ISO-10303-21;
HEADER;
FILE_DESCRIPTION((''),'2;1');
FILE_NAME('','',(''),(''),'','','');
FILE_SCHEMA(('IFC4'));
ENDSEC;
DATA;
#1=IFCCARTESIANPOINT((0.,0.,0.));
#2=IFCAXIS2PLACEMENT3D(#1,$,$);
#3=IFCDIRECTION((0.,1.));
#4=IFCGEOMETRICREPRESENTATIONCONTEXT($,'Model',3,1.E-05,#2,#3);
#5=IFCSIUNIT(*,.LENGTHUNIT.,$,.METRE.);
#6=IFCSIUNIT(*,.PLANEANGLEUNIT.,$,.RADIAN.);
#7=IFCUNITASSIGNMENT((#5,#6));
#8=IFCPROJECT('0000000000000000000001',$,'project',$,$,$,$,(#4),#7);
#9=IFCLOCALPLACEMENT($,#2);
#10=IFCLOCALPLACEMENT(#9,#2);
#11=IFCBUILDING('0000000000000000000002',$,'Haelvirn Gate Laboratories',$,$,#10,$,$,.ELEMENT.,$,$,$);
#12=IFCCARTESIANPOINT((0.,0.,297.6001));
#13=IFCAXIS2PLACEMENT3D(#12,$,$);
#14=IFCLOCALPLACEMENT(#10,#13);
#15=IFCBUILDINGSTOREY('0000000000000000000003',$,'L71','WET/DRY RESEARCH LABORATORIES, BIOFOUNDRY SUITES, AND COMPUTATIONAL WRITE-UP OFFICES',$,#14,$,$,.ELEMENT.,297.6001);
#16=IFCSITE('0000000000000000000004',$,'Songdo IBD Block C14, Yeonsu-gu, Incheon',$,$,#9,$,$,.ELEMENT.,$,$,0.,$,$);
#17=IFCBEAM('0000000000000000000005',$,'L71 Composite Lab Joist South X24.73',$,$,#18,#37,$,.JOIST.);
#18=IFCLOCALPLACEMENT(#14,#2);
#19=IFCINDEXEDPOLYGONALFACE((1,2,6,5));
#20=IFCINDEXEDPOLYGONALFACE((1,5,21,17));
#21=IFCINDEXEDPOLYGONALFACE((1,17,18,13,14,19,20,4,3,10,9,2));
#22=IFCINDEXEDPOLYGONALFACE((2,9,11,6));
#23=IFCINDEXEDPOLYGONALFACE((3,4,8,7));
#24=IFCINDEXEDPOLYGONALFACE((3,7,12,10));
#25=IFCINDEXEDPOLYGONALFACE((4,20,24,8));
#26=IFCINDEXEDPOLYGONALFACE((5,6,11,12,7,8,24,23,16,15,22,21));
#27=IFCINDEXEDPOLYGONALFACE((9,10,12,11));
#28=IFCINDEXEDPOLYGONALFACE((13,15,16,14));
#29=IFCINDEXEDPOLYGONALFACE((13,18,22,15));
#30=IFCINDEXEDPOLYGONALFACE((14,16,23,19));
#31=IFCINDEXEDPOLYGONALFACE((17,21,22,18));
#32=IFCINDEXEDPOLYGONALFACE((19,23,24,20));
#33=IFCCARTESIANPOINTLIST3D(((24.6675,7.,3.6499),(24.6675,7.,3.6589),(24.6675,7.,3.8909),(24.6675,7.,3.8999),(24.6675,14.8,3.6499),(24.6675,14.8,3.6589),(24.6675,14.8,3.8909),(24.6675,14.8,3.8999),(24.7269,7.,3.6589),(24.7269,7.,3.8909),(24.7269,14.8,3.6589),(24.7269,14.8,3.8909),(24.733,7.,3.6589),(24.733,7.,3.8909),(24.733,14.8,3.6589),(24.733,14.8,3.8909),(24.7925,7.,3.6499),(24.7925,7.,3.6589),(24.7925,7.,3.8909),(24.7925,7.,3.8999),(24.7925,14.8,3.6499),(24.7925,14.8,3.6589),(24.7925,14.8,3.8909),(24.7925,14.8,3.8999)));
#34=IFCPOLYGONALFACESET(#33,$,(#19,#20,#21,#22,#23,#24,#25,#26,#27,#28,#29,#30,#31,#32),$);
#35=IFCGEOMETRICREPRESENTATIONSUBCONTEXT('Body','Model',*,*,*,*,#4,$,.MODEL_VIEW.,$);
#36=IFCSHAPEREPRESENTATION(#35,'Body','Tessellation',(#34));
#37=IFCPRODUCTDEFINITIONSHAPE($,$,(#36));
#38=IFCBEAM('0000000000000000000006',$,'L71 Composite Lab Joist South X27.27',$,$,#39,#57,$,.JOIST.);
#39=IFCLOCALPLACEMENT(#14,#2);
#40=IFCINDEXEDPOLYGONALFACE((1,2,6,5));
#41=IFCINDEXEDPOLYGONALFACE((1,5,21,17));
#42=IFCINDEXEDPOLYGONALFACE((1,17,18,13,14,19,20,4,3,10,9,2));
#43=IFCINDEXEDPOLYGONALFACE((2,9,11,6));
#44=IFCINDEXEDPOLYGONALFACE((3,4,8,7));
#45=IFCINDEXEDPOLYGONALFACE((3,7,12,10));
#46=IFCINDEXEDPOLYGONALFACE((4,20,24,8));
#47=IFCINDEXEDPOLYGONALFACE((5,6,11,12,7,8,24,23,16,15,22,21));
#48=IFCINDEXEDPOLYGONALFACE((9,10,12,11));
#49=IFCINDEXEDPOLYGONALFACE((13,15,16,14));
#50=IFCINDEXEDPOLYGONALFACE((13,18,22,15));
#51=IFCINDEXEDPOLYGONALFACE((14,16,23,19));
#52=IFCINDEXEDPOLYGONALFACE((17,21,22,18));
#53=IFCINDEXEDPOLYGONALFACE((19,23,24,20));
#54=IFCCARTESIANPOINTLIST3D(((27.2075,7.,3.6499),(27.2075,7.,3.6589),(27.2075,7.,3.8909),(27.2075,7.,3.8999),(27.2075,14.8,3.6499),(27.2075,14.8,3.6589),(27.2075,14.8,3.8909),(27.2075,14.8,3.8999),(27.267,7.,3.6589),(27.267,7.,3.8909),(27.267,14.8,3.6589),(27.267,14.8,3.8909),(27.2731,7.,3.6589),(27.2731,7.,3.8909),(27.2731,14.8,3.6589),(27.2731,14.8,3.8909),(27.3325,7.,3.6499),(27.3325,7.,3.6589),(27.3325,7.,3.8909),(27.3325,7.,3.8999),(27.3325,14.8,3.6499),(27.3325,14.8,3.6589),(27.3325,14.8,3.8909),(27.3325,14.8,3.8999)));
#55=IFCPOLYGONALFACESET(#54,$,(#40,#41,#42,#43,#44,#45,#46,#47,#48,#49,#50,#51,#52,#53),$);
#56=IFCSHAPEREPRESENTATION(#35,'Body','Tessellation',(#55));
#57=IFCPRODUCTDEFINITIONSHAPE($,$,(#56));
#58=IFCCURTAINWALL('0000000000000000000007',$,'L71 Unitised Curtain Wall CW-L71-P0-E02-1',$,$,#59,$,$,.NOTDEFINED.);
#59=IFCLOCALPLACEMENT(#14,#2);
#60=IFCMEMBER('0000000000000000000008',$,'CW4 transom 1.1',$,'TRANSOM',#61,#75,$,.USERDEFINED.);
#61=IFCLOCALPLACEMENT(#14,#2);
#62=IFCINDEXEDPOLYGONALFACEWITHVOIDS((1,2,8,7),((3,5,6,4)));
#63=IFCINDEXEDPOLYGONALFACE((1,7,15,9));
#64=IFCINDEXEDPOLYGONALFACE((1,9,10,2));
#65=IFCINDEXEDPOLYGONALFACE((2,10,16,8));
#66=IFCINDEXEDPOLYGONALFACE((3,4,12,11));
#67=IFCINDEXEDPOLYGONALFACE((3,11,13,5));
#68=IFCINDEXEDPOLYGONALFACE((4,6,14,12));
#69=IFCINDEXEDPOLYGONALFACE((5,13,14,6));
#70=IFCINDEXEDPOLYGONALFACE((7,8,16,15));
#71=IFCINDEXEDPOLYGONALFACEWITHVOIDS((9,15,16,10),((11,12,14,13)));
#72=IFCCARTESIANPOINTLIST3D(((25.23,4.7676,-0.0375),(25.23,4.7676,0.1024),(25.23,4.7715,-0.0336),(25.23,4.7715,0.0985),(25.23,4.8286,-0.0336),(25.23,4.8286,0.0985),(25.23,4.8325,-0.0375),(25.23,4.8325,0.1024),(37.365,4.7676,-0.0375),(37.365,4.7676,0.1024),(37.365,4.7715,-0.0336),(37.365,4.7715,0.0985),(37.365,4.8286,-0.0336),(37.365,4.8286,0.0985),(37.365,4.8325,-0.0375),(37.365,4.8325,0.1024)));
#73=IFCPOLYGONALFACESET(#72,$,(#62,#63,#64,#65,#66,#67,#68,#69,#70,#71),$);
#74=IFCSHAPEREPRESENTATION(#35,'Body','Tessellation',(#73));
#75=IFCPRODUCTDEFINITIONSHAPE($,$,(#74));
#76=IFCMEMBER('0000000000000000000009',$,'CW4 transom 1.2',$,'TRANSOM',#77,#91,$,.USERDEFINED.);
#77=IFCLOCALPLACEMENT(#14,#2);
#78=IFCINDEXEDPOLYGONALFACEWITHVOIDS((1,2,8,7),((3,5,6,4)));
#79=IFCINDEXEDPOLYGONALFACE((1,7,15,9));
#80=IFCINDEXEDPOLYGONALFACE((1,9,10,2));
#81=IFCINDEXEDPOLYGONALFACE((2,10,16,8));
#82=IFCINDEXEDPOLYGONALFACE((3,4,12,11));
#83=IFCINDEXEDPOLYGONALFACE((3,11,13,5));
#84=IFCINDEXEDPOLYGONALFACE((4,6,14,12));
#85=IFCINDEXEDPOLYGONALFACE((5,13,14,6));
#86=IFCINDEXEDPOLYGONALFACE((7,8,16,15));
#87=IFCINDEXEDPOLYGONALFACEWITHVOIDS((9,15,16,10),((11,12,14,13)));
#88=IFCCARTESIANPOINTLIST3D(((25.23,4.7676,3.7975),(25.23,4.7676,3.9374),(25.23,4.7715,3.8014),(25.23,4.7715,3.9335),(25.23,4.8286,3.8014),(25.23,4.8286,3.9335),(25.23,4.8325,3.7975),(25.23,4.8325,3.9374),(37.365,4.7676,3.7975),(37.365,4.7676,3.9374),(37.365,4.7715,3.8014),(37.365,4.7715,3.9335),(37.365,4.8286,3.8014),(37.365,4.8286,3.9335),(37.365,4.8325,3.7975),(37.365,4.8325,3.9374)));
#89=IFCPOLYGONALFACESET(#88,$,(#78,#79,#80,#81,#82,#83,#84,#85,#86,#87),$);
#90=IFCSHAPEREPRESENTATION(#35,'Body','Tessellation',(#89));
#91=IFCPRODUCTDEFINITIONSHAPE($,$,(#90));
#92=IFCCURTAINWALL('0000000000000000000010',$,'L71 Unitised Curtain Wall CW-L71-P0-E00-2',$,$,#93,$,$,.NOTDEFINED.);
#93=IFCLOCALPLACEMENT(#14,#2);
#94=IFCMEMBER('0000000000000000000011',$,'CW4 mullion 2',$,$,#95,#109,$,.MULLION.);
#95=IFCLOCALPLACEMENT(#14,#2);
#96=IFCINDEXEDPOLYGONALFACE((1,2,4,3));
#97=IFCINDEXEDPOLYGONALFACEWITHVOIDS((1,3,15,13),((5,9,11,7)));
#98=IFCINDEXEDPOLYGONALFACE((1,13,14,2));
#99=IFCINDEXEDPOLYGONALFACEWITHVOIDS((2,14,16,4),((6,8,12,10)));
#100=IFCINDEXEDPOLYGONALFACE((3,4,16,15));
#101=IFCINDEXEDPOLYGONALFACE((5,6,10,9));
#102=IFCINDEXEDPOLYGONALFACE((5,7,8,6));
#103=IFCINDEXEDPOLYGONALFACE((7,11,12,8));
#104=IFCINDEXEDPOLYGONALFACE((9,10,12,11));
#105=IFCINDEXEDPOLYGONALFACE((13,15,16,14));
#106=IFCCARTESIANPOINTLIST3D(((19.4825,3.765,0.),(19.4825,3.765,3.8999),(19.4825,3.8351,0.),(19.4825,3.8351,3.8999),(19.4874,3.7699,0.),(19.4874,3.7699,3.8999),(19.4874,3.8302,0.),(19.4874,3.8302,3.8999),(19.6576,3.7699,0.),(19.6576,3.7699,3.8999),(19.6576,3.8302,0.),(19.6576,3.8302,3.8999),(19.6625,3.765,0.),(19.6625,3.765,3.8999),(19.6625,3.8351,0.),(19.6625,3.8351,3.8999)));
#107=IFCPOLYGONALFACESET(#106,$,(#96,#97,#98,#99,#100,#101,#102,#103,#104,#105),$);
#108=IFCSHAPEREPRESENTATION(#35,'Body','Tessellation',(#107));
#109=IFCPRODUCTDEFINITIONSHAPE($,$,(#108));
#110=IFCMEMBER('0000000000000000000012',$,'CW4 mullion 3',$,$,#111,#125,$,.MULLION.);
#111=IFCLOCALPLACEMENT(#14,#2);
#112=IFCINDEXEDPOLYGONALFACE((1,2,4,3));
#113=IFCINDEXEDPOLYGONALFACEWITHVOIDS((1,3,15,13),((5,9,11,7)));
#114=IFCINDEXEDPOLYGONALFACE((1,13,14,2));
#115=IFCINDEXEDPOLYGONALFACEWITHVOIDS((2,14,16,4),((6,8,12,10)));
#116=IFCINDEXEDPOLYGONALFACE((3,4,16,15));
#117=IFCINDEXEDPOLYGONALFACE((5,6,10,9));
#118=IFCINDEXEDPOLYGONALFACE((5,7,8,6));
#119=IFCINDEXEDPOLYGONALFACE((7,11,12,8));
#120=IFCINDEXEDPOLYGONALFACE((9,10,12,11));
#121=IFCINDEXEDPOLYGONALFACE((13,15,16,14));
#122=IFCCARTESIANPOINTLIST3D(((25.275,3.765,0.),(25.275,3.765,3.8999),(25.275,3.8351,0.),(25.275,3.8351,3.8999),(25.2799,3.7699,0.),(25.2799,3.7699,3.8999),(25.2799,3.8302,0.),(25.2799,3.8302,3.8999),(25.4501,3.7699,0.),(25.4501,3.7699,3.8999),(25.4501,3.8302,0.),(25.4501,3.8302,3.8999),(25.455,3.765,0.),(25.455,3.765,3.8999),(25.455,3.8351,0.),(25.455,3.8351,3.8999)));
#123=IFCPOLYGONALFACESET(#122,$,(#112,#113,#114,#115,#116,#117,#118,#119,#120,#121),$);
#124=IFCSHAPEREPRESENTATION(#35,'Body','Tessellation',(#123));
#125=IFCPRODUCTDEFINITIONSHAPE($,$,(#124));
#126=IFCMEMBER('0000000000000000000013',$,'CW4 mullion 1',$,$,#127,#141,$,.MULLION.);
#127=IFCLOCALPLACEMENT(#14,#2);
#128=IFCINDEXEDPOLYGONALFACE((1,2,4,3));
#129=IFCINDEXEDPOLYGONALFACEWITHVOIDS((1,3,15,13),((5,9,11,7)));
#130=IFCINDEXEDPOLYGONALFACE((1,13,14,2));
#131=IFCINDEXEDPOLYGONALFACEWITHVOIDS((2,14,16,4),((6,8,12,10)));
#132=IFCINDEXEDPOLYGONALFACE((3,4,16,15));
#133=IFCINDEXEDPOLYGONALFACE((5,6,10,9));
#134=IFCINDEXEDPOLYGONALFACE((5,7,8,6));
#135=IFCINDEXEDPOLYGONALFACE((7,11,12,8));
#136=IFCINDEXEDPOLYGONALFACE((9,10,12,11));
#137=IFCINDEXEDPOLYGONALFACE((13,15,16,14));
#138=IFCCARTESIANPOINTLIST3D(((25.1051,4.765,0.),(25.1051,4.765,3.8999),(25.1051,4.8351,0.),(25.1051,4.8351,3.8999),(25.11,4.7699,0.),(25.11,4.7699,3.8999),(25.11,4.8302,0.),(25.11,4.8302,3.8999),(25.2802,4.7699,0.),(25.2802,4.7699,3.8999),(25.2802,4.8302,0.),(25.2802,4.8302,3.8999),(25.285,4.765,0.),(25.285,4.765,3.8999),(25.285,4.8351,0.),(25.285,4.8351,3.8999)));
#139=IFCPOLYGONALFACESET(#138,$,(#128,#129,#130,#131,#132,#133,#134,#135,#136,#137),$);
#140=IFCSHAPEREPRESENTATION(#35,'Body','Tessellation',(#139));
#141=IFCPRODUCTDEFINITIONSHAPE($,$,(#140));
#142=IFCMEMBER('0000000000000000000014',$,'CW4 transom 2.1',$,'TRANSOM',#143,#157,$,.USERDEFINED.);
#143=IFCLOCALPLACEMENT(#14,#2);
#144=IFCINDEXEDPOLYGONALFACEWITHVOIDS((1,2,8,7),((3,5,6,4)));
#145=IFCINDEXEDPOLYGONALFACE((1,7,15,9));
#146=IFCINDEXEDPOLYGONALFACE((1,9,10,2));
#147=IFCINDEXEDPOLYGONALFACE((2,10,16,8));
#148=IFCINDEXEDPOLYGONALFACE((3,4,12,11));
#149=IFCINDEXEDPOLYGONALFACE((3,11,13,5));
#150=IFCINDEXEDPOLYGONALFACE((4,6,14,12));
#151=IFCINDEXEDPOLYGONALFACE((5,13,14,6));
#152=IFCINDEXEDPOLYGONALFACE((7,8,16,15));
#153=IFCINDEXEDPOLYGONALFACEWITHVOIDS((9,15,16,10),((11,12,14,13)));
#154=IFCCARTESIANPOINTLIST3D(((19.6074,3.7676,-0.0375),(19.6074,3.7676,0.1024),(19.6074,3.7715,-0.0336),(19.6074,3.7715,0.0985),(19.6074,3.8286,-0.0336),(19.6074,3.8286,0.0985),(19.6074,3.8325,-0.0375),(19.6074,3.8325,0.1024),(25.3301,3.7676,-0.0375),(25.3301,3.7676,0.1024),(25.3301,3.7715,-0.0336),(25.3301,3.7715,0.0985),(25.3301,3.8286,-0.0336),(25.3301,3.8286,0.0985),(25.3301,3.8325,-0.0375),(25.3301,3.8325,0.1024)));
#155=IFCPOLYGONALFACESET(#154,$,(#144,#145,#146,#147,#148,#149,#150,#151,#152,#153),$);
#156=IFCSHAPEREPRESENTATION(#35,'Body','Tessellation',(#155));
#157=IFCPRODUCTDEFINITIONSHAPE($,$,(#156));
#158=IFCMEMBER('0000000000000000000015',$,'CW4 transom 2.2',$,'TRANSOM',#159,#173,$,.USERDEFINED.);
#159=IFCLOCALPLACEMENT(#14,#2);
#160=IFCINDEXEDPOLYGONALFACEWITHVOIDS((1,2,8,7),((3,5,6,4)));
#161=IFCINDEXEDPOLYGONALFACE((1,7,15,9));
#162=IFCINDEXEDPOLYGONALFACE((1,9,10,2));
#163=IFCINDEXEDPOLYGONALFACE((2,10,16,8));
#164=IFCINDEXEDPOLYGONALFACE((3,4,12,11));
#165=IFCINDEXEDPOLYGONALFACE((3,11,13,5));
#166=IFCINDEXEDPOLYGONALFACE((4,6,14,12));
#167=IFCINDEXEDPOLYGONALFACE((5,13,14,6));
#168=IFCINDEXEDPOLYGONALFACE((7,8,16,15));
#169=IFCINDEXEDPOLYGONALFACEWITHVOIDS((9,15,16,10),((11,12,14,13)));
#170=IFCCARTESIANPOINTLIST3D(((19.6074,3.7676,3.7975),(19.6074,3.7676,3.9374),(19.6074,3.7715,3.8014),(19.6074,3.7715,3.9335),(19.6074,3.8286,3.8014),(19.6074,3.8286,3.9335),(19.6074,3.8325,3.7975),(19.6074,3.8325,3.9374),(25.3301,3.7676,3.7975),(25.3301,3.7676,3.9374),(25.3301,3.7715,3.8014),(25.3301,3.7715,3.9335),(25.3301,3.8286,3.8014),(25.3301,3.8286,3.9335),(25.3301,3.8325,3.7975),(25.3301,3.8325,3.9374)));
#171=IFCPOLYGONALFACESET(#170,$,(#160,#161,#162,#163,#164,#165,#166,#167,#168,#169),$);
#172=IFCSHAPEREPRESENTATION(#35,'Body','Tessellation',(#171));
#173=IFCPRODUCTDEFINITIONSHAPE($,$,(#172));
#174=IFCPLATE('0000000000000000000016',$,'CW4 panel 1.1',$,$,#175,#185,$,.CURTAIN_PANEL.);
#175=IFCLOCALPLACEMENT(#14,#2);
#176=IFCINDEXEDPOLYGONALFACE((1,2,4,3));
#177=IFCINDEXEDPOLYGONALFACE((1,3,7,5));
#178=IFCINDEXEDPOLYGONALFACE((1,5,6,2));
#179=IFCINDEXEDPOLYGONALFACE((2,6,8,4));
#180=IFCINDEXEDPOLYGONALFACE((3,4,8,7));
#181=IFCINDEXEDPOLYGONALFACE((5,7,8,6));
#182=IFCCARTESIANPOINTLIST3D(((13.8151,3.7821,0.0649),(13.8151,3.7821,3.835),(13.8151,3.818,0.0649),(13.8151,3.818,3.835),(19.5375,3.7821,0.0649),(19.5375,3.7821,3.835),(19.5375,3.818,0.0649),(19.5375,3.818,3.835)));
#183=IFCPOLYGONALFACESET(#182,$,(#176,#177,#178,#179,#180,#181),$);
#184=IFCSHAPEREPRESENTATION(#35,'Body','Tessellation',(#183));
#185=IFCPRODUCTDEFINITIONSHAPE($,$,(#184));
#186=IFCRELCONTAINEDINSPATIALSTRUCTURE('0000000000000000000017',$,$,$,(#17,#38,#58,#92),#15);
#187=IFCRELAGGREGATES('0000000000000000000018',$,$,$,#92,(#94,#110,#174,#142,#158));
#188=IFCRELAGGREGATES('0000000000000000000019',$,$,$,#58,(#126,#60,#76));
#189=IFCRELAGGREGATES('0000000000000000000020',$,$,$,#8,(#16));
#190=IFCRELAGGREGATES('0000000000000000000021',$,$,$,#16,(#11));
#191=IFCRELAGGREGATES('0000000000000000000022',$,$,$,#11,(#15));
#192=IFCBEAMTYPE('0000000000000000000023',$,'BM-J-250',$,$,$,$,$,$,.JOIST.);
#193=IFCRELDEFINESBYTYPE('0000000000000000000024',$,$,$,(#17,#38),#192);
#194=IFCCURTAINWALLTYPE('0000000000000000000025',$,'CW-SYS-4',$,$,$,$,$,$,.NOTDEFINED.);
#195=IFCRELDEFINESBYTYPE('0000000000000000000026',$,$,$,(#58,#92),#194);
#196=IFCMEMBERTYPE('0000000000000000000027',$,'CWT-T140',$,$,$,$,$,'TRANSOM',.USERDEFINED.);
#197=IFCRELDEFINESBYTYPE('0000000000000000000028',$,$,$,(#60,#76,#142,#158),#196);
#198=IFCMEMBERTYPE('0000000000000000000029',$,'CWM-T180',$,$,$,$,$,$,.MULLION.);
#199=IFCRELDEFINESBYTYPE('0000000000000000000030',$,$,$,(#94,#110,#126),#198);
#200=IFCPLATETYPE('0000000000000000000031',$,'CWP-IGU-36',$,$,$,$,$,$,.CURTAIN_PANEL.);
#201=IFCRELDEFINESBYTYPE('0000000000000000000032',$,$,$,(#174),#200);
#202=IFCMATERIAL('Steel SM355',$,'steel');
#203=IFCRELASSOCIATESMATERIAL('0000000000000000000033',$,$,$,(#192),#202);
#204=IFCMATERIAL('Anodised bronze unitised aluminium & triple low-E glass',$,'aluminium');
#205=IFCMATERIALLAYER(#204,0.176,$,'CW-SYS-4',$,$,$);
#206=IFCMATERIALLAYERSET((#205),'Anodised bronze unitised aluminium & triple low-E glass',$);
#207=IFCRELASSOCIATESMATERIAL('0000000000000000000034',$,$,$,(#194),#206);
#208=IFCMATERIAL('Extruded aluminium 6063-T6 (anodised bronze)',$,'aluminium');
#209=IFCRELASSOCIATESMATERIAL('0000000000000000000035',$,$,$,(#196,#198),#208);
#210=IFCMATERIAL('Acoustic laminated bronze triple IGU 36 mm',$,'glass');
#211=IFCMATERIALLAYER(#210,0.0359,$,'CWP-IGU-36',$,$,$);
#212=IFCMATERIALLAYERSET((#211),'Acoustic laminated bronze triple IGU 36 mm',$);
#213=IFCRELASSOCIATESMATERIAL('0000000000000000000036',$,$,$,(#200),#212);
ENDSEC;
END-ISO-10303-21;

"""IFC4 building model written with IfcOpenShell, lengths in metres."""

from ifc_helpers import new_model, si_unit, direction, frame, origin, origin_2d, place, context, subcontext, project, spatial, rectangle, hollow_rectangle, i_section, extrude, source, transform, mapped, material, layer, layer_set, material_profile, profile_set, type_object, type_shapes, element, aggregate, save


model = new_model("IFC4")

# Units and contexts
model_context = context("Model", 3, precision=1e-05, world=origin(), true_north=direction((0.0, 1.0)))
body_context = subcontext(model_context, "Body", "Model", "MODEL_VIEW")
ifc_project = project(units=[si_unit("LENGTHUNIT", "METRE"), si_unit("PLANEANGLEUNIT", "RADIAN")], contexts=[model_context])

# Site, building, storey
site_placement = place(None, origin())
site = spatial("IfcSite", under=ifc_project, at=site_placement, Name="Songdo IBD Block C14, Yeonsu-gu, Incheon", CompositionType="ELEMENT", RefElevation=0.0)
building_placement = place(site_placement, origin())
building = spatial("IfcBuilding", under=site, at=building_placement, Name="Haelvirn Gate Laboratories", CompositionType="ELEMENT")
storey_placement = place(building_placement, frame((0.0, 0.0, 297.6001)))
storey = spatial("IfcBuildingStorey", under=building, at=storey_placement, Name="L71", Description="WET/DRY RESEARCH LABORATORIES, BIOFOUNDRY SUITES, AND COMPUTATIONAL WRITE-UP OFFICES", CompositionType="ELEMENT", Elevation=297.6001)

# Shared definitions
ifc_material_1 = material(Name="Steel SM355", Category="steel")

# Beams
ifc_material_profile_1 = material_profile(ifc_material_1, i_section(OverallWidth=0.125, OverallDepth=0.25, WebThickness=0.0061, FlangeThickness=0.009, at=origin_2d()), Name="H-250x125x6x9")
ifc_profile_set_1 = profile_set([ifc_material_profile_1], Name="Steel SM355")
beam_type_1 = type_object("IfcBeamType", Name="BM-J-250", PredefinedType="JOIST", material=ifc_profile_set_1)
shared_shape_1 = source(origin(), body_context, "Body", "SweptSolid", [
    extrude(i_section(OverallWidth=0.125, OverallDepth=0.25, WebThickness=0.0061, FlangeThickness=0.009, at=origin_2d()), origin(), (0.0, 0.0, 1.0), 7.8),
])
type_shapes(beam_type_1, [shared_shape_1])
for number, where, z_axis, x_axis, name in (
    (1, (24.73, 7.0, 3.7749), (0.0, 1.0, 0.0), (-1.0, 0.0, 0.0), "L71 Composite Lab Joist South X24.73"),
    (2, (27.27, 7.0, 3.7749), (0.0, 1.0, 0.0), (-1.0, 0.0, 0.0), "L71 Composite Lab Joist South X27.27"),
):
    element("IfcBeam", number, at=place(storey_placement, frame(where, z_axis=z_axis, x_axis=x_axis)), inside=storey, type_object=beam_type_1, Name=name, PredefinedType="JOIST", context=body_context, shape_type="MappedRepresentation", body=[
        mapped(shared_shape_1, transform((0.0, 0.0, 0.0), scale=1.0)),
    ])

# Curtain walls, members
ifc_material_2 = material(Name="Anodised bronze unitised aluminium & triple low-E glass", Category="aluminium")
ifc_layer_1 = layer(ifc_material_2, 0.176, Name="CW-SYS-4")
ifc_layer_set_1 = layer_set([ifc_layer_1], Name="Anodised bronze unitised aluminium & triple low-E glass")
curtain_wall_type = type_object("IfcCurtainWallType", Name="CW-SYS-4", PredefinedType="NOTDEFINED", material=ifc_layer_set_1)
curtain_wall_1_placement = place(storey_placement, origin())
curtain_wall_1 = element("IfcCurtainWall", 3, at=curtain_wall_1_placement, inside=storey, type_object=curtain_wall_type, Name="L71 Unitised Curtain Wall CW-L71-P0-E02-1", PredefinedType="NOTDEFINED")
ifc_material_3 = material(Name="Extruded aluminium 6063-T6 (anodised bronze)", Category="aluminium")
ifc_material_profile_2 = material_profile(ifc_material_3, hollow_rectangle(XDim=0.0649, YDim=0.1399, WallThickness=0.0039, at=origin_2d()), Name="CWT-140x65x4")
ifc_profile_set_2 = profile_set([ifc_material_profile_2], Name="Extruded aluminium 6063-T6 (anodised bronze)")
member_type_1 = type_object("IfcMemberType", Name="CWT-T140", ElementType="TRANSOM", PredefinedType="USERDEFINED", material=ifc_profile_set_2)
shared_shape_2 = source(origin(), body_context, "Body", "SweptSolid", [
    extrude(hollow_rectangle(XDim=0.0649, YDim=0.1399, WallThickness=0.0039, at=origin_2d()), origin(), (0.0, 0.0, 1.0), 12.135),
])
member_1_placement = place(storey_placement, frame((25.23, 4.8, 0.0325), z_axis=(1.0, 0.0, 0.0), x_axis=(0.0, 1.0, 0.0)))
member_1 = element("IfcMember", 4, at=member_1_placement, type_object=member_type_1, Name="CW4 transom 1.1", ObjectType="TRANSOM", PredefinedType="USERDEFINED", context=body_context, shape_type="MappedRepresentation", body=[
    mapped(shared_shape_2, transform((0.0, 0.0, 0.0), scale=1.0)),
])
member_2_placement = place(storey_placement, frame((25.23, 4.8, 3.8674), z_axis=(1.0, 0.0, 0.0), x_axis=(0.0, 1.0, 0.0)))
member_2 = element("IfcMember", 5, at=member_2_placement, type_object=member_type_1, Name="CW4 transom 1.2", ObjectType="TRANSOM", PredefinedType="USERDEFINED", context=body_context, shape_type="MappedRepresentation", body=[
    mapped(shared_shape_2, transform((0.0, 0.0, 0.0), scale=1.0)),
])
curtain_wall_2_placement = place(storey_placement, origin())
curtain_wall_2 = element("IfcCurtainWall", 6, at=curtain_wall_2_placement, inside=storey, type_object=curtain_wall_type, Name="L71 Unitised Curtain Wall CW-L71-P0-E00-2", PredefinedType="NOTDEFINED")
ifc_material_profile_3 = material_profile(ifc_material_3, hollow_rectangle(XDim=0.0701, YDim=0.1799, WallThickness=0.0049, at=origin_2d()), Name="CWM-180x70x5")
ifc_profile_set_3 = profile_set([ifc_material_profile_3], Name="Extruded aluminium 6063-T6 (anodised bronze)")
member_type_2 = type_object("IfcMemberType", Name="CWM-T180", PredefinedType="MULLION", material=ifc_profile_set_3)
shared_shape_3 = source(origin(), body_context, "Body", "SweptSolid", [
    extrude(hollow_rectangle(XDim=0.0701, YDim=0.1799, WallThickness=0.0049, at=origin_2d()), origin(), (0.0, 0.0, 1.0), 3.8999),
])
type_shapes(member_type_2, [shared_shape_3])
member_3_placement = place(storey_placement, frame((19.5725, 3.8, 0.0), z_axis=(0.0, 0.0, 1.0), x_axis=(0.0, 1.0, 0.0)))
member_3 = element("IfcMember", 7, at=member_3_placement, type_object=member_type_2, Name="CW4 mullion 2", PredefinedType="MULLION", context=body_context, shape_type="MappedRepresentation", body=[
    mapped(shared_shape_3, transform((0.0, 0.0, 0.0), scale=1.0)),
])
member_4_placement = place(storey_placement, frame((25.365, 3.8, 0.0), z_axis=(0.0, 0.0, 1.0), x_axis=(0.0, 1.0, 0.0)))
member_4 = element("IfcMember", 8, at=member_4_placement, type_object=member_type_2, Name="CW4 mullion 3", PredefinedType="MULLION", context=body_context, shape_type="MappedRepresentation", body=[
    mapped(shared_shape_3, transform((0.0, 0.0, 0.0), scale=1.0)),
])

# Members
member_5_placement = place(storey_placement, frame((25.1951, 4.8, 0.0), z_axis=(0.0, 0.0, 1.0), x_axis=(0.0, 1.0, 0.0)))
member_5 = element("IfcMember", 9, at=member_5_placement, type_object=member_type_2, Name="CW4 mullion 1", PredefinedType="MULLION", context=body_context, shape_type="MappedRepresentation", body=[
    mapped(shared_shape_3, transform((0.0, 0.0, 0.0), scale=1.0)),
])
shared_shape_4 = source(origin(), body_context, "Body", "SweptSolid", [
    extrude(hollow_rectangle(XDim=0.0649, YDim=0.1399, WallThickness=0.0039, at=origin_2d()), origin(), (0.0, 0.0, 1.0), 5.7227),
])
type_shapes(member_type_1, [shared_shape_2, shared_shape_4])
member_6_placement = place(storey_placement, frame((19.6074, 3.8, 0.0325), z_axis=(1.0, 0.0, 0.0), x_axis=(0.0, 1.0, 0.0)))
member_6 = element("IfcMember", 10, at=member_6_placement, type_object=member_type_1, Name="CW4 transom 2.1", ObjectType="TRANSOM", PredefinedType="USERDEFINED", context=body_context, shape_type="MappedRepresentation", body=[
    mapped(shared_shape_4, transform((0.0, 0.0, 0.0), scale=1.0)),
])
member_7_placement = place(storey_placement, frame((19.6074, 3.8, 3.8674), z_axis=(1.0, 0.0, 0.0), x_axis=(0.0, 1.0, 0.0)))
member_7 = element("IfcMember", 11, at=member_7_placement, type_object=member_type_1, Name="CW4 transom 2.2", ObjectType="TRANSOM", PredefinedType="USERDEFINED", context=body_context, shape_type="MappedRepresentation", body=[
    mapped(shared_shape_4, transform((0.0, 0.0, 0.0), scale=1.0)),
])

# Plate
ifc_material_4 = material(Name="Acoustic laminated bronze triple IGU 36 mm", Category="glass")
ifc_layer_2 = layer(ifc_material_4, 0.0359, Name="CWP-IGU-36")
ifc_layer_set_2 = layer_set([ifc_layer_2], Name="Acoustic laminated bronze triple IGU 36 mm")
plate_type = type_object("IfcPlateType", Name="CWP-IGU-36", PredefinedType="CURTAIN_PANEL", material=ifc_layer_set_2)
shared_shape_5 = source(origin(), body_context, "Body", "SweptSolid", [
    extrude(rectangle(XDim=5.7224, YDim=0.0359, at=origin_2d()), origin(), (0.0, 0.0, 1.0), 3.77),
])
plate_1_placement = place(storey_placement, frame((16.6763, 3.8, 0.0649), z_axis=(0.0, 0.0, 1.0), x_axis=(1.0, 0.0, 0.0)))
plate_1 = element("IfcPlate", 12, at=plate_1_placement, type_object=plate_type, Name="CW4 panel 1.1", PredefinedType="CURTAIN_PANEL", context=body_context, shape_type="MappedRepresentation", body=[
    mapped(shared_shape_5, transform((0.0, 0.0, 0.0), scale=1.0)),
])
aggregate(curtain_wall_2, [member_3, member_4, plate_1, member_6, member_7])
aggregate(curtain_wall_1, [member_5, member_1, member_2])

save(model, "model.ifc")
